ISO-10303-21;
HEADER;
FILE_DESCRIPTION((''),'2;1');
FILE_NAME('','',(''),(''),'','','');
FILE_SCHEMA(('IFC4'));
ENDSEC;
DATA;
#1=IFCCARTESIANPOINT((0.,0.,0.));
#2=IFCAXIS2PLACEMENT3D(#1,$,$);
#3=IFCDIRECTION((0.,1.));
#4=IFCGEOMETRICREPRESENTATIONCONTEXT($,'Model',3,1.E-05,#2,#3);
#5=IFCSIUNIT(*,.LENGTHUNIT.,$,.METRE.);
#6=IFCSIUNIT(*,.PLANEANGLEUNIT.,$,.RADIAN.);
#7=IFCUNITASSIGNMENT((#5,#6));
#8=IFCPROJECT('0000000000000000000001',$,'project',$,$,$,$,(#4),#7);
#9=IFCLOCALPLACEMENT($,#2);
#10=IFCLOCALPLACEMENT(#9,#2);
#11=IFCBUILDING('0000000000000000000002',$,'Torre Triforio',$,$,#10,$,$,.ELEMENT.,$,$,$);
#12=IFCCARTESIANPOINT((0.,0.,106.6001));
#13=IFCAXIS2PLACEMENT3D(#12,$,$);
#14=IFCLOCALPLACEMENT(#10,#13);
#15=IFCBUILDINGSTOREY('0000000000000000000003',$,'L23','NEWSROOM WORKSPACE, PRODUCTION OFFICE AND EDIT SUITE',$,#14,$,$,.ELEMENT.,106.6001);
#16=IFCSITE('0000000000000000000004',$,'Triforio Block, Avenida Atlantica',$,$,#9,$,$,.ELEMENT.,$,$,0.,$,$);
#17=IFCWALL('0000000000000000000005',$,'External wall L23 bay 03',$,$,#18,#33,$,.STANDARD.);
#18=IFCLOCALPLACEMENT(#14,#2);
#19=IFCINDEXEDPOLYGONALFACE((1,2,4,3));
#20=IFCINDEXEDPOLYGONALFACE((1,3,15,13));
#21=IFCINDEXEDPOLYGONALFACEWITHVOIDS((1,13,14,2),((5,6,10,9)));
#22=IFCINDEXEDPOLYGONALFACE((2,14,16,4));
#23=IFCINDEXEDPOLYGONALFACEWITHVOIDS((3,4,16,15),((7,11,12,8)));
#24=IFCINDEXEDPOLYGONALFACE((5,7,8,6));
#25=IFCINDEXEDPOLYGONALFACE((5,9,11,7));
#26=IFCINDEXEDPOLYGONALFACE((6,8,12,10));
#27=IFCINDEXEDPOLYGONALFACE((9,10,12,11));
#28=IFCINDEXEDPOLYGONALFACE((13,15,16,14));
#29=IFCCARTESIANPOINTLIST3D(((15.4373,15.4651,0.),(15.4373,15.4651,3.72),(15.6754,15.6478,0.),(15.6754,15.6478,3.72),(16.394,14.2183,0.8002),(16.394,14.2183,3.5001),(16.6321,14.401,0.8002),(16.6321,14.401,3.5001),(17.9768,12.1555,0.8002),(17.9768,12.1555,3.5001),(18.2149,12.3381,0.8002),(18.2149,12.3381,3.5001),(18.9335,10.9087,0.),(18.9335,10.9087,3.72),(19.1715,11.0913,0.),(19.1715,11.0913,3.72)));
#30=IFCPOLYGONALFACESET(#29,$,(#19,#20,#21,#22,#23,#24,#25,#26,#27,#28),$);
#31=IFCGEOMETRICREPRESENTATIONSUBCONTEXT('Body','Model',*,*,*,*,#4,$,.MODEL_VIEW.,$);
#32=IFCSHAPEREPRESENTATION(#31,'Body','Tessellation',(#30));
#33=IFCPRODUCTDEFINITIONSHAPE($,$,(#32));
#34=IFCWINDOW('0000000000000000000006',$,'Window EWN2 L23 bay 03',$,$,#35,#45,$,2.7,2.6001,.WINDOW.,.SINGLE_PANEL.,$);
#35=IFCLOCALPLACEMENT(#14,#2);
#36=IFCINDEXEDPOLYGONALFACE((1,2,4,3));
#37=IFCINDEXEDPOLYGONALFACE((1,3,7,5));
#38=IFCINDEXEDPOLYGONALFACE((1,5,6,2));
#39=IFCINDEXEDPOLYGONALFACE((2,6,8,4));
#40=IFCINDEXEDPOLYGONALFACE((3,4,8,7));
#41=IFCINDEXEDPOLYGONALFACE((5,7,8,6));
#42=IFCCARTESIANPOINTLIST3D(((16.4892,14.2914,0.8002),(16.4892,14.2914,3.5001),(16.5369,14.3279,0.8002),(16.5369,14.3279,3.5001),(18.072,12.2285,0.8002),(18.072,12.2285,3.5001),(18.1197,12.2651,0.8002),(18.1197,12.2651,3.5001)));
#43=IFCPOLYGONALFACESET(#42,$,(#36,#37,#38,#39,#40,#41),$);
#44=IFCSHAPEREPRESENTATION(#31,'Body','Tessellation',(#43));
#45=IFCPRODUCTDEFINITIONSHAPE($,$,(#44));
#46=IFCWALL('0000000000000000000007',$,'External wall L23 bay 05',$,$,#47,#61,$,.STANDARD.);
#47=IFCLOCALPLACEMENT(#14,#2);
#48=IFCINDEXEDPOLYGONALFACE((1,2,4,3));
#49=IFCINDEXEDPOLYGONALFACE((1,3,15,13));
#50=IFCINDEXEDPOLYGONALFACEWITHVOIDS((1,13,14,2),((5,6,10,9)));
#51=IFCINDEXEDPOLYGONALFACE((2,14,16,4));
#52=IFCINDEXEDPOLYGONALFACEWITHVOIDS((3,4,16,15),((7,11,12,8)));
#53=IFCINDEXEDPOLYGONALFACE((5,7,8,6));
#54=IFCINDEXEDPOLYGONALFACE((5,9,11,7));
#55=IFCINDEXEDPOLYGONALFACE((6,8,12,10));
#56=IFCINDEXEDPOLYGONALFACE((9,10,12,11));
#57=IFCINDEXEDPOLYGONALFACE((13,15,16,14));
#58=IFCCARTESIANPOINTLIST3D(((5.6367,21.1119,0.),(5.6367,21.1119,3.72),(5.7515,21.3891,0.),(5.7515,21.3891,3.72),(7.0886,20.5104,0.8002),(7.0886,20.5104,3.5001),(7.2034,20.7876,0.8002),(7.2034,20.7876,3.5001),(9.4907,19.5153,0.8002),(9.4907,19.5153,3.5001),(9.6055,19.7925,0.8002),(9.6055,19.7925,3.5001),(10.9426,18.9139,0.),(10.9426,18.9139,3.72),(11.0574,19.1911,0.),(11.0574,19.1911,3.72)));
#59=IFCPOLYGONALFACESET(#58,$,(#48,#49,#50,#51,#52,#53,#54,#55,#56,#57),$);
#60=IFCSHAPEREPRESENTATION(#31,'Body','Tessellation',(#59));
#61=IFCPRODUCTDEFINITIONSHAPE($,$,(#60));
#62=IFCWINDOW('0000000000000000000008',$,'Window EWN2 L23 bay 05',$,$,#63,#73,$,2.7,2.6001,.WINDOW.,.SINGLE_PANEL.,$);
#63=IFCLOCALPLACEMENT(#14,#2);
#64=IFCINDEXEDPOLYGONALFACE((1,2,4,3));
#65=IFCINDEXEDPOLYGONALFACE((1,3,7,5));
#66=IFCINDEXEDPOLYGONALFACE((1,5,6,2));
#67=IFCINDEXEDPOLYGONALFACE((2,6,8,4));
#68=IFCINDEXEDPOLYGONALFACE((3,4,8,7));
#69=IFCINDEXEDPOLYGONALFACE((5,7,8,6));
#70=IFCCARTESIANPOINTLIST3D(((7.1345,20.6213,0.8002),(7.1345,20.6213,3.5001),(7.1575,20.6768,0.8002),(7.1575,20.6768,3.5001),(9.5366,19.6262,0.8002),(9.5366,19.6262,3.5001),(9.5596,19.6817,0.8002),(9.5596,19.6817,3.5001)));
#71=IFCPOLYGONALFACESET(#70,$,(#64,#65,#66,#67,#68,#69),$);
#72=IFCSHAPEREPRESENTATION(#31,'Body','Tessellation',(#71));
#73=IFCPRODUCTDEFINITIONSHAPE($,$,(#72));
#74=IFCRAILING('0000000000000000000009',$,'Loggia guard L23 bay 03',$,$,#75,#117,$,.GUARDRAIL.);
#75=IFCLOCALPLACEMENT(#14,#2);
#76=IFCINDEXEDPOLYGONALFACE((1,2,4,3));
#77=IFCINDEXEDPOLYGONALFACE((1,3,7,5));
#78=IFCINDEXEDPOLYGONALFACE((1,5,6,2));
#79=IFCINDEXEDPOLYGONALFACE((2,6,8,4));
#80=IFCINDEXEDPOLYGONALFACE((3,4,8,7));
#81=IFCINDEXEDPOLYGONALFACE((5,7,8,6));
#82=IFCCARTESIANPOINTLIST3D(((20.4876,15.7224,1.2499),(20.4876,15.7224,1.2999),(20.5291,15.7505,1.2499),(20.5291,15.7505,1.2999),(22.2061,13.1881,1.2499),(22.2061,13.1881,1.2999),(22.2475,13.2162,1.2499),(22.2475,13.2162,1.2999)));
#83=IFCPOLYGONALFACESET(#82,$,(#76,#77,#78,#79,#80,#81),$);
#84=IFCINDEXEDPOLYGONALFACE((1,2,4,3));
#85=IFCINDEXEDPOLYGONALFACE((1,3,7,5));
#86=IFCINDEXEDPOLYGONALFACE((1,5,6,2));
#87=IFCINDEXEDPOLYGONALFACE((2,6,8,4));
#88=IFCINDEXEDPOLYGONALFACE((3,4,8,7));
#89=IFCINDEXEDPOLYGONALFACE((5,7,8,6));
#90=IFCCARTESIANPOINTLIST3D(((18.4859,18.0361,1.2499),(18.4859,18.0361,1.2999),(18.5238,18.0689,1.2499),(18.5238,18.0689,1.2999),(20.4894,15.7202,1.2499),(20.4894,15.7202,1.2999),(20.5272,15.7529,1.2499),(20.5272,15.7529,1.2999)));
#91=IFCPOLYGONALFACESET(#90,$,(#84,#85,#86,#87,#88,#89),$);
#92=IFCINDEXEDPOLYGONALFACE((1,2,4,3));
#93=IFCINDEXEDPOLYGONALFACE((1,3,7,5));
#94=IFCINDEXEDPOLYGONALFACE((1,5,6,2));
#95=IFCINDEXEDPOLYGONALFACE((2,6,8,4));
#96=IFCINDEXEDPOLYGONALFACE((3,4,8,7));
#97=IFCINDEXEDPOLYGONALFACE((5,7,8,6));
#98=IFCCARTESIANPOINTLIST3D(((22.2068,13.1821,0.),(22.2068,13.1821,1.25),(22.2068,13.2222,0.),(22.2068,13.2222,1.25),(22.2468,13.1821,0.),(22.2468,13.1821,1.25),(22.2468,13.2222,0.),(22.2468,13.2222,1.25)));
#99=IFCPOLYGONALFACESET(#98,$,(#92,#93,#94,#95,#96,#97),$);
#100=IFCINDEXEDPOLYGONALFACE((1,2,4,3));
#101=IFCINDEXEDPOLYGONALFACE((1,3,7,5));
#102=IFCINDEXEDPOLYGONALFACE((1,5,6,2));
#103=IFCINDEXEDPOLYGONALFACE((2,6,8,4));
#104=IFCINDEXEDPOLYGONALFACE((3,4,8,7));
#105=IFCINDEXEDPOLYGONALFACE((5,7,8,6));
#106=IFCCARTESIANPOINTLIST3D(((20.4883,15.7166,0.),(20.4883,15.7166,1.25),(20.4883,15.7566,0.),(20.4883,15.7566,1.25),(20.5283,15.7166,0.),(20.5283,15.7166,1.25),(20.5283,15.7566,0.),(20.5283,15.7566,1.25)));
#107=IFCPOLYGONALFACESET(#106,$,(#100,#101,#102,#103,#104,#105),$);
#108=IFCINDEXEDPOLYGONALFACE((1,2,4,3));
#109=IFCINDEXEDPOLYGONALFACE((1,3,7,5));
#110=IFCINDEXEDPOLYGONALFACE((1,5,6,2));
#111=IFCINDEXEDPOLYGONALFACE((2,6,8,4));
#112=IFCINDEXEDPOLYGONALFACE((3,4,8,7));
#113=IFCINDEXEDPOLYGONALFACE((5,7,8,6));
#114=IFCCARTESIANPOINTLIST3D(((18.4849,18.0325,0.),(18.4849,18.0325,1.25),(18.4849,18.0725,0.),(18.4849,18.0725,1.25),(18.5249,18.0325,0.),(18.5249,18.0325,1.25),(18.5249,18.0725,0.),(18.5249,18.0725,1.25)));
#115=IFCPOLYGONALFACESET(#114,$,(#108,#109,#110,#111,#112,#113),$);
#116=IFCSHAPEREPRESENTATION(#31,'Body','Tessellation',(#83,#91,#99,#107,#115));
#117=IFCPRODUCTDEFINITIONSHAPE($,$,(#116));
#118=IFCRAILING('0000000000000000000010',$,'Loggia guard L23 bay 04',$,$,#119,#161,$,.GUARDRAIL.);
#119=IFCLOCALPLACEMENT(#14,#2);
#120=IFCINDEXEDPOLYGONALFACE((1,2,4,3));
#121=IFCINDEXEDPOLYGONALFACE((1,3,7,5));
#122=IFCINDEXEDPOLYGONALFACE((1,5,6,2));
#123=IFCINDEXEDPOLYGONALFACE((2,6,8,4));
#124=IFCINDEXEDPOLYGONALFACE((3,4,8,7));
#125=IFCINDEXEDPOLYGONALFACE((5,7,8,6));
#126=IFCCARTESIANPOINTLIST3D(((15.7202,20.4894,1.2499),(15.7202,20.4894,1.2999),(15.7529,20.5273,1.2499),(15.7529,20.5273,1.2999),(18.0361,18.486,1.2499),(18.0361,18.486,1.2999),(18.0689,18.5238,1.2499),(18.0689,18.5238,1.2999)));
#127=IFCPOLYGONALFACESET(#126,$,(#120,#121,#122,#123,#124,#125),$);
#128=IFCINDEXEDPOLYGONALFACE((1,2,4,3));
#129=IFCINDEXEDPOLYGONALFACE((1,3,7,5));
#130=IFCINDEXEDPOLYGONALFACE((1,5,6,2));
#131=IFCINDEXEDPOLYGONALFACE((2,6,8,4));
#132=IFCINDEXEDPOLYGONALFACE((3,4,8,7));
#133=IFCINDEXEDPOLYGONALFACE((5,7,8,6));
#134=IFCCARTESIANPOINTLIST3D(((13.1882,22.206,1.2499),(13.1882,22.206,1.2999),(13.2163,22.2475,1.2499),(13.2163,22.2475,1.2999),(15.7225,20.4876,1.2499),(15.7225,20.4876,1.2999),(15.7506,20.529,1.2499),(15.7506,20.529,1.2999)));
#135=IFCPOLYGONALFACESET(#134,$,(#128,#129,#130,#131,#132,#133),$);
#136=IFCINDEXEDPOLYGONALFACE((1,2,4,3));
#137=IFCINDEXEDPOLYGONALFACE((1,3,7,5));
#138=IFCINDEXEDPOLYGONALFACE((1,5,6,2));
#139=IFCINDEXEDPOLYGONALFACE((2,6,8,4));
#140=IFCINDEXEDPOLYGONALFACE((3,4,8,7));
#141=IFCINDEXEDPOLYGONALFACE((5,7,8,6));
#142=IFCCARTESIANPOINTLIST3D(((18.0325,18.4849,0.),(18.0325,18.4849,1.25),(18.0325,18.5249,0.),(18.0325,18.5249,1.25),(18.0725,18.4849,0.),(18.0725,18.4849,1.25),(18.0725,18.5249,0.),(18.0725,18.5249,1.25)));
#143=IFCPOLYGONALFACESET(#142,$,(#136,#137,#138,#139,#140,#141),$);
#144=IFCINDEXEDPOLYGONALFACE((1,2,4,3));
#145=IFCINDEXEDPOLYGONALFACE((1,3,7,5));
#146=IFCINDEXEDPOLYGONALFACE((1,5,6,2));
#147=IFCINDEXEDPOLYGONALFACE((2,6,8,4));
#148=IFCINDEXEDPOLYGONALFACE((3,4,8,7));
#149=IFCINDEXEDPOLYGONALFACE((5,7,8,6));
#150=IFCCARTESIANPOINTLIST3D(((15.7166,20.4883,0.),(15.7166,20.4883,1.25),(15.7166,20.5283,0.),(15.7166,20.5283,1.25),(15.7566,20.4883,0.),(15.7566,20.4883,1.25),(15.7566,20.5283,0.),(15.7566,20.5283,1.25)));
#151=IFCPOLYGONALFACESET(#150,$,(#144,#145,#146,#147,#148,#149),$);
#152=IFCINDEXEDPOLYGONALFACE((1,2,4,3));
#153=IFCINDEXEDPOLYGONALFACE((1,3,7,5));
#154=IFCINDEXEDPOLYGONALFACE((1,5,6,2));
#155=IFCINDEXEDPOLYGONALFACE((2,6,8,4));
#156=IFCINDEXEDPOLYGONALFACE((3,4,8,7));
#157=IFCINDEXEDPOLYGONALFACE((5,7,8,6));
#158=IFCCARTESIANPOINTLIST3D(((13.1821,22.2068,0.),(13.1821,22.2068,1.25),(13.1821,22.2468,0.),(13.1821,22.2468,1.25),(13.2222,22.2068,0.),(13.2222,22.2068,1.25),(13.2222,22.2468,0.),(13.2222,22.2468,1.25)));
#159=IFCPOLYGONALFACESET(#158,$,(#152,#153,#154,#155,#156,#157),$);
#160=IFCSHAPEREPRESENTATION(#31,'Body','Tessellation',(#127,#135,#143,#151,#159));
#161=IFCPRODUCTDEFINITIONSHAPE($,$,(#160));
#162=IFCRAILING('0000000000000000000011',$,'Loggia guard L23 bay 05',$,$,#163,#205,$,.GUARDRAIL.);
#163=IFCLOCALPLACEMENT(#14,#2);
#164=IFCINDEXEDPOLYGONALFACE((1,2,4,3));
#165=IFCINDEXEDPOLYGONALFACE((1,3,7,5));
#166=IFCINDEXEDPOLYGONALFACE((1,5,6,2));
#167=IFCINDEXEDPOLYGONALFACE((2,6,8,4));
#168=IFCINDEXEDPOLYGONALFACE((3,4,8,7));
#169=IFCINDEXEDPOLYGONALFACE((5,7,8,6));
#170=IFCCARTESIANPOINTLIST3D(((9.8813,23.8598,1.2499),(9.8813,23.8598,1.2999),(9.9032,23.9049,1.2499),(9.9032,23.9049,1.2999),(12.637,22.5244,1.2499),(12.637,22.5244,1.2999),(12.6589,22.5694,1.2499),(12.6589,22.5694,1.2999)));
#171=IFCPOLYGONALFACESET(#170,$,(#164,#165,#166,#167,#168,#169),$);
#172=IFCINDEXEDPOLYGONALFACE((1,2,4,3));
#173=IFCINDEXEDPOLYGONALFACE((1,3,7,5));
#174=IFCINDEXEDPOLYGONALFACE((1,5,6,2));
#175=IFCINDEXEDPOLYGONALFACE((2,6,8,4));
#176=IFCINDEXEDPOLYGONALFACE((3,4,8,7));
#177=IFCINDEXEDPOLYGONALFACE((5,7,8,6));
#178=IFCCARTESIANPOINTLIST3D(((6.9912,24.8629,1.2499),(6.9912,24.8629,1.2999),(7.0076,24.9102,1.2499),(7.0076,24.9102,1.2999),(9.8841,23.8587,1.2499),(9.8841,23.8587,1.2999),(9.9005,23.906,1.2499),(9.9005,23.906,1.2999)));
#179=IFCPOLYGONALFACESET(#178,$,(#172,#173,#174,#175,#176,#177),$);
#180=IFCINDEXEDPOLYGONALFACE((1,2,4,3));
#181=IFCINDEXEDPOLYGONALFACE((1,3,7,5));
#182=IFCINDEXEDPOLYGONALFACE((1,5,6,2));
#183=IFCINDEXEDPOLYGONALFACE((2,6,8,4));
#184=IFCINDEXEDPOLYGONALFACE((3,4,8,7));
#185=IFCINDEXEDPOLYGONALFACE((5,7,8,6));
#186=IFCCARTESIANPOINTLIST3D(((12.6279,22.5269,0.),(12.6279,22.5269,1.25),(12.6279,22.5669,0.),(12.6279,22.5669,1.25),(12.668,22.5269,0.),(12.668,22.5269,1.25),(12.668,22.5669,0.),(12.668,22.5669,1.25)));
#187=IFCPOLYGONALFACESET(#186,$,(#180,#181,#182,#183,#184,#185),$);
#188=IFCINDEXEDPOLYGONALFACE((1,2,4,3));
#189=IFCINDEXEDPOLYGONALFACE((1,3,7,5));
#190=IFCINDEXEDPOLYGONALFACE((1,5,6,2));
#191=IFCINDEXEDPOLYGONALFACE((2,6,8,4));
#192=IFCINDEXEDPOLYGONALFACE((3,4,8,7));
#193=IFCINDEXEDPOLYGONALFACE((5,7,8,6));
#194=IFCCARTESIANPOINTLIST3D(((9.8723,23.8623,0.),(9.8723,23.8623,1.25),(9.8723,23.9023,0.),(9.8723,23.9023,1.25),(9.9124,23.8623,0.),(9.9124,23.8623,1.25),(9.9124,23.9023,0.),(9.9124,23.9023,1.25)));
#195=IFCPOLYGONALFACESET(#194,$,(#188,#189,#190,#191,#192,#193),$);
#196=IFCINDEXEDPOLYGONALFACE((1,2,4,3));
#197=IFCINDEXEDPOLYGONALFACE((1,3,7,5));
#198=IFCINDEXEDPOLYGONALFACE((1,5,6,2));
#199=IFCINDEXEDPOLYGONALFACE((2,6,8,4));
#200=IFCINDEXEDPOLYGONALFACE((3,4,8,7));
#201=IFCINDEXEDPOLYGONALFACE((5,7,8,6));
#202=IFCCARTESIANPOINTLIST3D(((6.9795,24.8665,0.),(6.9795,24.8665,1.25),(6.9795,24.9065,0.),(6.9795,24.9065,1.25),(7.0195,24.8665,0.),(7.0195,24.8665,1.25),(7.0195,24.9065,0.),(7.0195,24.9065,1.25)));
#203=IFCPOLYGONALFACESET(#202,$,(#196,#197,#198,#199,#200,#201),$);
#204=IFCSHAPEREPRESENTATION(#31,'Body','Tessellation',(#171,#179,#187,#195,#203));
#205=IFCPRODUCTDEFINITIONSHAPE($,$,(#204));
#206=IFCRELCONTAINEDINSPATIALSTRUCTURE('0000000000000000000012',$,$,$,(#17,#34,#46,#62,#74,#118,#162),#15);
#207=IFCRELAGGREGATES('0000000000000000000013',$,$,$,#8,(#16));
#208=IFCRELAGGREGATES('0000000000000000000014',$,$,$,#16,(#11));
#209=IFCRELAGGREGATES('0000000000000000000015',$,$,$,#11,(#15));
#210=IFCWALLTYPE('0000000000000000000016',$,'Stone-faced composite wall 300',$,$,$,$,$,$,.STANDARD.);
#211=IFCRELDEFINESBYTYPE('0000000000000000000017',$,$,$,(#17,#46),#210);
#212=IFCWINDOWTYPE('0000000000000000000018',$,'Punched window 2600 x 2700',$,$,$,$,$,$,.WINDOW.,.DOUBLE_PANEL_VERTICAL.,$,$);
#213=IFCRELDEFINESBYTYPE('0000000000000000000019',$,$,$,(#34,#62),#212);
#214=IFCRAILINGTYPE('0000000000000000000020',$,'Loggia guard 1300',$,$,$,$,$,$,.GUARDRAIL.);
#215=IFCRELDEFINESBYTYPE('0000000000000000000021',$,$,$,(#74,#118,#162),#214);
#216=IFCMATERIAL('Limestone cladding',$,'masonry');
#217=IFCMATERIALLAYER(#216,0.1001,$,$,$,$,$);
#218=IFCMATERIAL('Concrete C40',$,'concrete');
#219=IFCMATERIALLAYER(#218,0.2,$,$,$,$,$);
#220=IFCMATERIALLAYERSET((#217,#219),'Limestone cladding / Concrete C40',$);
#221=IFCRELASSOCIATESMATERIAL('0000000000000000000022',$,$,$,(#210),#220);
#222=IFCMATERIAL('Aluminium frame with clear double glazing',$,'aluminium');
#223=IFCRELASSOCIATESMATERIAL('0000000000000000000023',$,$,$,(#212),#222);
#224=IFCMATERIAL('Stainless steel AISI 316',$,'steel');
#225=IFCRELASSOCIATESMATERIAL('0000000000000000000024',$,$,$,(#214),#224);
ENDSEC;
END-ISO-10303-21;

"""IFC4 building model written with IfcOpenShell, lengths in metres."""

from ifc_helpers import new_model, si_unit, direction, frame, frame_2d, origin, origin_2d, place, context, subcontext, project, spatial, rectangle, extrude, material, layer, layer_set, type_object, element, fill, save


model = new_model("IFC4")

# Units and contexts
model_context = context("Model", 3, precision=1e-05, world=origin(), true_north=direction((0.0, 1.0)))
body_context = subcontext(model_context, "Body", "Model", "MODEL_VIEW")
ifc_project = project(units=[si_unit("LENGTHUNIT", "METRE"), si_unit("PLANEANGLEUNIT", "RADIAN")], contexts=[model_context])

# Site, building, storey
site_placement = place(None, origin())
site = spatial("IfcSite", under=ifc_project, at=site_placement, Name="Triforio Block, Avenida Atlantica", CompositionType="ELEMENT", RefElevation=0.0)
building_placement = place(site_placement, origin())
building = spatial("IfcBuilding", under=site, at=building_placement, Name="Torre Triforio", CompositionType="ELEMENT")
storey_placement = place(building_placement, frame((0.0, 0.0, 106.6001)))
storey = spatial("IfcBuildingStorey", under=building, at=storey_placement, Name="L23", Description="NEWSROOM WORKSPACE, PRODUCTION OFFICE AND EDIT SUITE", CompositionType="ELEMENT", Elevation=106.6001)

# Shared definitions
ifc_material_1 = material(Name="Limestone cladding", Category="masonry")
ifc_material_2 = material(Name="Concrete C40", Category="concrete")

# Wall, opening, window
ifc_layer_1 = layer(ifc_material_1, 0.1001)
ifc_layer_2 = layer(ifc_material_2, 0.2)
ifc_layer_set_1 = layer_set([ifc_layer_1, ifc_layer_2], Name="Limestone cladding / Concrete C40")
wall_type_1 = type_object("IfcWallType", Name="Stone-faced composite wall 300", PredefinedType="STANDARD", material=ifc_layer_set_1)
wall_1_placement = place(storey_placement, frame((19.0525, 11.0, 0.0), z_axis=(0.0, 0.0, 1.0), x_axis=(-0.608745, 0.793366, 0.0)))
wall_1 = element("IfcWall", 1, at=wall_1_placement, inside=storey, type_object=wall_type_1, Name="External wall L23 bay 03", PredefinedType="STANDARD", context=body_context, shape_type="SweptSolid", body=[
    extrude(rectangle(XDim=5.7432, YDim=0.3, at=frame_2d((2.8716, 0.0))), origin(), (0.0, 0.0, 1.0), 3.72),
])
opening_1_placement = place(wall_1_placement, frame((1.5715, 0.0, 0.8)))
opening_1 = element("IfcOpeningElement", 2, at=opening_1_placement, cuts=wall_1, PredefinedType="OPENING", context=body_context, shape_type="SweptSolid", body=[
    extrude(rectangle(XDim=2.6001, YDim=2.7, at=frame_2d((1.3, 1.3501))), frame((0.0, 0.1599, 0.0), z_axis=(0.0, -1.0, 0.0), x_axis=(1.0, 0.0, 0.0)), (0.0, 0.0, 1.0), 0.3201),
])
ifc_material_3 = material(Name="Aluminium frame with clear double glazing", Category="aluminium")
window_type_1 = type_object("IfcWindowType", Name="Punched window 2600 x 2700", PartitioningType="DOUBLE_PANEL_VERTICAL", PredefinedType="WINDOW", material=ifc_material_3)
window_1_placement = place(opening_1_placement, origin())
window_1 = element("IfcWindow", 3, at=window_1_placement, inside=storey, type_object=window_type_1, Name="Window EWN2 L23 bay 03", OverallHeight=2.7, OverallWidth=2.6001, PartitioningType="SINGLE_PANEL", PredefinedType="WINDOW", context=body_context, shape_type="SweptSolid", body=[
    extrude(rectangle(XDim=2.6001, YDim=2.7, at=frame_2d((1.3, 1.3501))), frame((0.0, 0.03, 0.0), z_axis=(0.0, -1.0, 0.0), x_axis=(1.0, 0.0, 0.0)), (0.0, 0.0, 1.0), 0.0601),
])
fill(opening_1, window_1)

# Wall, opening, window
wall_2_placement = place(storey_placement, frame((11.0, 19.0525, 0.0), z_axis=(0.0, 0.0, 1.0), x_axis=(-0.923866, 0.382716, 0.0)))
wall_2 = element("IfcWall", 4, at=wall_2_placement, inside=storey, type_object=wall_type_1, Name="External wall L23 bay 05", PredefinedType="STANDARD", context=body_context, shape_type="SweptSolid", body=[
    extrude(rectangle(XDim=5.7432, YDim=0.3, at=frame_2d((2.8716, 0.0))), origin(), (0.0, 0.0, 1.0), 3.72),
])
opening_2_placement = place(wall_2_placement, frame((1.5715, 0.0, 0.8)))
opening_2 = element("IfcOpeningElement", 5, at=opening_2_placement, cuts=wall_2, PredefinedType="OPENING", context=body_context, shape_type="SweptSolid", body=[
    extrude(rectangle(XDim=2.6001, YDim=2.7, at=frame_2d((1.3, 1.3501))), frame((0.0, 0.1599, 0.0), z_axis=(0.0, -1.0, 0.0), x_axis=(1.0, 0.0, 0.0)), (0.0, 0.0, 1.0), 0.3201),
])
window_2_placement = place(opening_2_placement, origin())
window_2 = element("IfcWindow", 6, at=window_2_placement, inside=storey, type_object=window_type_1, Name="Window EWN2 L23 bay 05", OverallHeight=2.7, OverallWidth=2.6001, PartitioningType="SINGLE_PANEL", PredefinedType="WINDOW", context=body_context, shape_type="SweptSolid", body=[
    extrude(rectangle(XDim=2.6001, YDim=2.7, at=frame_2d((1.3, 1.3501))), frame((0.0, 0.03, 0.0), z_axis=(0.0, -1.0, 0.0), x_axis=(1.0, 0.0, 0.0)), (0.0, 0.0, 1.0), 0.0601),
])
fill(opening_2, window_2)

# Railings
ifc_material_4 = material(Name="Stainless steel AISI 316", Category="steel")
railing_type = type_object("IfcRailingType", Name="Loggia guard 1300", PredefinedType="GUARDRAIL", material=ifc_material_4)
railing_1_placement = place(storey_placement, frame((22.2268, 13.2021, 0.0)))
element("IfcRailing", 7, at=railing_1_placement, inside=storey, type_object=railing_type, Name="Loggia guard L23 bay 03", PredefinedType="GUARDRAIL", context=body_context, shape_type="SweptSolid", body=[
    extrude(rectangle(XDim=0.05, YDim=0.05, at=origin_2d()), frame((0.0, 0.0, 1.2749), z_axis=(-0.561215, 0.82767, 0.0), x_axis=(-0.82767, -0.561215, 0.0)), (0.0, 0.0, 1.0), 3.062),
    extrude(rectangle(XDim=0.05, YDim=0.05, at=origin_2d()), frame((-1.7185, 2.5344, 1.2749), z_axis=(-0.654238, 0.756289, 0.0), x_axis=(-0.756289, -0.654238, 0.0)), (0.0, 0.0, 1.0), 3.0623),
    extrude(rectangle(XDim=0.04, YDim=0.04, at=origin_2d()), origin(), (0.0, 0.0, 1.0), 1.25),
    extrude(rectangle(XDim=0.04, YDim=0.04, at=origin_2d()), frame((-1.7185, 2.5344, 0.0)), (0.0, 0.0, 1.0), 1.25),
    extrude(rectangle(XDim=0.04, YDim=0.04, at=origin_2d()), frame((-3.7219, 4.8503, 0.0)), (0.0, 0.0, 1.0), 1.25),
])
railing_2_placement = place(storey_placement, frame((18.0525, 18.5049, 0.0)))
element("IfcRailing", 8, at=railing_2_placement, inside=storey, type_object=railing_type, Name="Loggia guard L23 bay 04", PredefinedType="GUARDRAIL", context=body_context, shape_type="SweptSolid", body=[
    extrude(rectangle(XDim=0.05, YDim=0.05, at=origin_2d()), frame((0.0, 0.0, 1.2749), z_axis=(-0.756289, 0.654238, 0.0), x_axis=(-0.654238, -0.756289, 0.0)), (0.0, 0.0, 1.0), 3.0623),
    extrude(rectangle(XDim=0.05, YDim=0.05, at=origin_2d()), frame((-2.3159, 2.0034, 1.2749), z_axis=(-0.82767, 0.561215, 0.0), x_axis=(-0.561215, -0.82767, 0.0)), (0.0, 0.0, 1.0), 3.062),
    extrude(rectangle(XDim=0.04, YDim=0.04, at=origin_2d()), origin(), (0.0, 0.0, 1.0), 1.25),
    extrude(rectangle(XDim=0.04, YDim=0.04, at=origin_2d()), frame((-2.3159, 2.0034, 0.0)), (0.0, 0.0, 1.0), 1.25),
    extrude(rectangle(XDim=0.04, YDim=0.04, at=origin_2d()), frame((-4.8503, 3.7219, 0.0)), (0.0, 0.0, 1.0), 1.25),
])
railing_3_placement = place(storey_placement, frame((12.6479, 22.5469, 0.0)))
element("IfcRailing", 9, at=railing_3_placement, inside=storey, type_object=railing_type, Name="Loggia guard L23 bay 05", PredefinedType="GUARDRAIL", context=body_context, shape_type="SweptSolid", body=[
    extrude(rectangle(XDim=0.05, YDim=0.05, at=origin_2d()), frame((0.0, 0.0, 1.2749), z_axis=(-0.899892, 0.436113, 0.0), x_axis=(-0.436113, -0.899892, 0.0)), (0.0, 0.0, 1.0), 3.0623),
    extrude(rectangle(XDim=0.05, YDim=0.05, at=origin_2d()), frame((-2.7556, 1.3354, 1.2749), z_axis=(-0.944704, 0.327924, 0.0), x_axis=(-0.327924, -0.944704, 0.0)), (0.0, 0.0, 1.0), 3.0623),
    extrude(rectangle(XDim=0.04, YDim=0.04, at=origin_2d()), origin(), (0.0, 0.0, 1.0), 1.25),
    extrude(rectangle(XDim=0.04, YDim=0.04, at=origin_2d()), frame((-2.7556, 1.3354, 0.0)), (0.0, 0.0, 1.0), 1.25),
    extrude(rectangle(XDim=0.04, YDim=0.04, at=origin_2d()), frame((-5.6484, 2.3396, 0.0)), (0.0, 0.0, 1.0), 1.25),
])

save(model, "model.ifc")
